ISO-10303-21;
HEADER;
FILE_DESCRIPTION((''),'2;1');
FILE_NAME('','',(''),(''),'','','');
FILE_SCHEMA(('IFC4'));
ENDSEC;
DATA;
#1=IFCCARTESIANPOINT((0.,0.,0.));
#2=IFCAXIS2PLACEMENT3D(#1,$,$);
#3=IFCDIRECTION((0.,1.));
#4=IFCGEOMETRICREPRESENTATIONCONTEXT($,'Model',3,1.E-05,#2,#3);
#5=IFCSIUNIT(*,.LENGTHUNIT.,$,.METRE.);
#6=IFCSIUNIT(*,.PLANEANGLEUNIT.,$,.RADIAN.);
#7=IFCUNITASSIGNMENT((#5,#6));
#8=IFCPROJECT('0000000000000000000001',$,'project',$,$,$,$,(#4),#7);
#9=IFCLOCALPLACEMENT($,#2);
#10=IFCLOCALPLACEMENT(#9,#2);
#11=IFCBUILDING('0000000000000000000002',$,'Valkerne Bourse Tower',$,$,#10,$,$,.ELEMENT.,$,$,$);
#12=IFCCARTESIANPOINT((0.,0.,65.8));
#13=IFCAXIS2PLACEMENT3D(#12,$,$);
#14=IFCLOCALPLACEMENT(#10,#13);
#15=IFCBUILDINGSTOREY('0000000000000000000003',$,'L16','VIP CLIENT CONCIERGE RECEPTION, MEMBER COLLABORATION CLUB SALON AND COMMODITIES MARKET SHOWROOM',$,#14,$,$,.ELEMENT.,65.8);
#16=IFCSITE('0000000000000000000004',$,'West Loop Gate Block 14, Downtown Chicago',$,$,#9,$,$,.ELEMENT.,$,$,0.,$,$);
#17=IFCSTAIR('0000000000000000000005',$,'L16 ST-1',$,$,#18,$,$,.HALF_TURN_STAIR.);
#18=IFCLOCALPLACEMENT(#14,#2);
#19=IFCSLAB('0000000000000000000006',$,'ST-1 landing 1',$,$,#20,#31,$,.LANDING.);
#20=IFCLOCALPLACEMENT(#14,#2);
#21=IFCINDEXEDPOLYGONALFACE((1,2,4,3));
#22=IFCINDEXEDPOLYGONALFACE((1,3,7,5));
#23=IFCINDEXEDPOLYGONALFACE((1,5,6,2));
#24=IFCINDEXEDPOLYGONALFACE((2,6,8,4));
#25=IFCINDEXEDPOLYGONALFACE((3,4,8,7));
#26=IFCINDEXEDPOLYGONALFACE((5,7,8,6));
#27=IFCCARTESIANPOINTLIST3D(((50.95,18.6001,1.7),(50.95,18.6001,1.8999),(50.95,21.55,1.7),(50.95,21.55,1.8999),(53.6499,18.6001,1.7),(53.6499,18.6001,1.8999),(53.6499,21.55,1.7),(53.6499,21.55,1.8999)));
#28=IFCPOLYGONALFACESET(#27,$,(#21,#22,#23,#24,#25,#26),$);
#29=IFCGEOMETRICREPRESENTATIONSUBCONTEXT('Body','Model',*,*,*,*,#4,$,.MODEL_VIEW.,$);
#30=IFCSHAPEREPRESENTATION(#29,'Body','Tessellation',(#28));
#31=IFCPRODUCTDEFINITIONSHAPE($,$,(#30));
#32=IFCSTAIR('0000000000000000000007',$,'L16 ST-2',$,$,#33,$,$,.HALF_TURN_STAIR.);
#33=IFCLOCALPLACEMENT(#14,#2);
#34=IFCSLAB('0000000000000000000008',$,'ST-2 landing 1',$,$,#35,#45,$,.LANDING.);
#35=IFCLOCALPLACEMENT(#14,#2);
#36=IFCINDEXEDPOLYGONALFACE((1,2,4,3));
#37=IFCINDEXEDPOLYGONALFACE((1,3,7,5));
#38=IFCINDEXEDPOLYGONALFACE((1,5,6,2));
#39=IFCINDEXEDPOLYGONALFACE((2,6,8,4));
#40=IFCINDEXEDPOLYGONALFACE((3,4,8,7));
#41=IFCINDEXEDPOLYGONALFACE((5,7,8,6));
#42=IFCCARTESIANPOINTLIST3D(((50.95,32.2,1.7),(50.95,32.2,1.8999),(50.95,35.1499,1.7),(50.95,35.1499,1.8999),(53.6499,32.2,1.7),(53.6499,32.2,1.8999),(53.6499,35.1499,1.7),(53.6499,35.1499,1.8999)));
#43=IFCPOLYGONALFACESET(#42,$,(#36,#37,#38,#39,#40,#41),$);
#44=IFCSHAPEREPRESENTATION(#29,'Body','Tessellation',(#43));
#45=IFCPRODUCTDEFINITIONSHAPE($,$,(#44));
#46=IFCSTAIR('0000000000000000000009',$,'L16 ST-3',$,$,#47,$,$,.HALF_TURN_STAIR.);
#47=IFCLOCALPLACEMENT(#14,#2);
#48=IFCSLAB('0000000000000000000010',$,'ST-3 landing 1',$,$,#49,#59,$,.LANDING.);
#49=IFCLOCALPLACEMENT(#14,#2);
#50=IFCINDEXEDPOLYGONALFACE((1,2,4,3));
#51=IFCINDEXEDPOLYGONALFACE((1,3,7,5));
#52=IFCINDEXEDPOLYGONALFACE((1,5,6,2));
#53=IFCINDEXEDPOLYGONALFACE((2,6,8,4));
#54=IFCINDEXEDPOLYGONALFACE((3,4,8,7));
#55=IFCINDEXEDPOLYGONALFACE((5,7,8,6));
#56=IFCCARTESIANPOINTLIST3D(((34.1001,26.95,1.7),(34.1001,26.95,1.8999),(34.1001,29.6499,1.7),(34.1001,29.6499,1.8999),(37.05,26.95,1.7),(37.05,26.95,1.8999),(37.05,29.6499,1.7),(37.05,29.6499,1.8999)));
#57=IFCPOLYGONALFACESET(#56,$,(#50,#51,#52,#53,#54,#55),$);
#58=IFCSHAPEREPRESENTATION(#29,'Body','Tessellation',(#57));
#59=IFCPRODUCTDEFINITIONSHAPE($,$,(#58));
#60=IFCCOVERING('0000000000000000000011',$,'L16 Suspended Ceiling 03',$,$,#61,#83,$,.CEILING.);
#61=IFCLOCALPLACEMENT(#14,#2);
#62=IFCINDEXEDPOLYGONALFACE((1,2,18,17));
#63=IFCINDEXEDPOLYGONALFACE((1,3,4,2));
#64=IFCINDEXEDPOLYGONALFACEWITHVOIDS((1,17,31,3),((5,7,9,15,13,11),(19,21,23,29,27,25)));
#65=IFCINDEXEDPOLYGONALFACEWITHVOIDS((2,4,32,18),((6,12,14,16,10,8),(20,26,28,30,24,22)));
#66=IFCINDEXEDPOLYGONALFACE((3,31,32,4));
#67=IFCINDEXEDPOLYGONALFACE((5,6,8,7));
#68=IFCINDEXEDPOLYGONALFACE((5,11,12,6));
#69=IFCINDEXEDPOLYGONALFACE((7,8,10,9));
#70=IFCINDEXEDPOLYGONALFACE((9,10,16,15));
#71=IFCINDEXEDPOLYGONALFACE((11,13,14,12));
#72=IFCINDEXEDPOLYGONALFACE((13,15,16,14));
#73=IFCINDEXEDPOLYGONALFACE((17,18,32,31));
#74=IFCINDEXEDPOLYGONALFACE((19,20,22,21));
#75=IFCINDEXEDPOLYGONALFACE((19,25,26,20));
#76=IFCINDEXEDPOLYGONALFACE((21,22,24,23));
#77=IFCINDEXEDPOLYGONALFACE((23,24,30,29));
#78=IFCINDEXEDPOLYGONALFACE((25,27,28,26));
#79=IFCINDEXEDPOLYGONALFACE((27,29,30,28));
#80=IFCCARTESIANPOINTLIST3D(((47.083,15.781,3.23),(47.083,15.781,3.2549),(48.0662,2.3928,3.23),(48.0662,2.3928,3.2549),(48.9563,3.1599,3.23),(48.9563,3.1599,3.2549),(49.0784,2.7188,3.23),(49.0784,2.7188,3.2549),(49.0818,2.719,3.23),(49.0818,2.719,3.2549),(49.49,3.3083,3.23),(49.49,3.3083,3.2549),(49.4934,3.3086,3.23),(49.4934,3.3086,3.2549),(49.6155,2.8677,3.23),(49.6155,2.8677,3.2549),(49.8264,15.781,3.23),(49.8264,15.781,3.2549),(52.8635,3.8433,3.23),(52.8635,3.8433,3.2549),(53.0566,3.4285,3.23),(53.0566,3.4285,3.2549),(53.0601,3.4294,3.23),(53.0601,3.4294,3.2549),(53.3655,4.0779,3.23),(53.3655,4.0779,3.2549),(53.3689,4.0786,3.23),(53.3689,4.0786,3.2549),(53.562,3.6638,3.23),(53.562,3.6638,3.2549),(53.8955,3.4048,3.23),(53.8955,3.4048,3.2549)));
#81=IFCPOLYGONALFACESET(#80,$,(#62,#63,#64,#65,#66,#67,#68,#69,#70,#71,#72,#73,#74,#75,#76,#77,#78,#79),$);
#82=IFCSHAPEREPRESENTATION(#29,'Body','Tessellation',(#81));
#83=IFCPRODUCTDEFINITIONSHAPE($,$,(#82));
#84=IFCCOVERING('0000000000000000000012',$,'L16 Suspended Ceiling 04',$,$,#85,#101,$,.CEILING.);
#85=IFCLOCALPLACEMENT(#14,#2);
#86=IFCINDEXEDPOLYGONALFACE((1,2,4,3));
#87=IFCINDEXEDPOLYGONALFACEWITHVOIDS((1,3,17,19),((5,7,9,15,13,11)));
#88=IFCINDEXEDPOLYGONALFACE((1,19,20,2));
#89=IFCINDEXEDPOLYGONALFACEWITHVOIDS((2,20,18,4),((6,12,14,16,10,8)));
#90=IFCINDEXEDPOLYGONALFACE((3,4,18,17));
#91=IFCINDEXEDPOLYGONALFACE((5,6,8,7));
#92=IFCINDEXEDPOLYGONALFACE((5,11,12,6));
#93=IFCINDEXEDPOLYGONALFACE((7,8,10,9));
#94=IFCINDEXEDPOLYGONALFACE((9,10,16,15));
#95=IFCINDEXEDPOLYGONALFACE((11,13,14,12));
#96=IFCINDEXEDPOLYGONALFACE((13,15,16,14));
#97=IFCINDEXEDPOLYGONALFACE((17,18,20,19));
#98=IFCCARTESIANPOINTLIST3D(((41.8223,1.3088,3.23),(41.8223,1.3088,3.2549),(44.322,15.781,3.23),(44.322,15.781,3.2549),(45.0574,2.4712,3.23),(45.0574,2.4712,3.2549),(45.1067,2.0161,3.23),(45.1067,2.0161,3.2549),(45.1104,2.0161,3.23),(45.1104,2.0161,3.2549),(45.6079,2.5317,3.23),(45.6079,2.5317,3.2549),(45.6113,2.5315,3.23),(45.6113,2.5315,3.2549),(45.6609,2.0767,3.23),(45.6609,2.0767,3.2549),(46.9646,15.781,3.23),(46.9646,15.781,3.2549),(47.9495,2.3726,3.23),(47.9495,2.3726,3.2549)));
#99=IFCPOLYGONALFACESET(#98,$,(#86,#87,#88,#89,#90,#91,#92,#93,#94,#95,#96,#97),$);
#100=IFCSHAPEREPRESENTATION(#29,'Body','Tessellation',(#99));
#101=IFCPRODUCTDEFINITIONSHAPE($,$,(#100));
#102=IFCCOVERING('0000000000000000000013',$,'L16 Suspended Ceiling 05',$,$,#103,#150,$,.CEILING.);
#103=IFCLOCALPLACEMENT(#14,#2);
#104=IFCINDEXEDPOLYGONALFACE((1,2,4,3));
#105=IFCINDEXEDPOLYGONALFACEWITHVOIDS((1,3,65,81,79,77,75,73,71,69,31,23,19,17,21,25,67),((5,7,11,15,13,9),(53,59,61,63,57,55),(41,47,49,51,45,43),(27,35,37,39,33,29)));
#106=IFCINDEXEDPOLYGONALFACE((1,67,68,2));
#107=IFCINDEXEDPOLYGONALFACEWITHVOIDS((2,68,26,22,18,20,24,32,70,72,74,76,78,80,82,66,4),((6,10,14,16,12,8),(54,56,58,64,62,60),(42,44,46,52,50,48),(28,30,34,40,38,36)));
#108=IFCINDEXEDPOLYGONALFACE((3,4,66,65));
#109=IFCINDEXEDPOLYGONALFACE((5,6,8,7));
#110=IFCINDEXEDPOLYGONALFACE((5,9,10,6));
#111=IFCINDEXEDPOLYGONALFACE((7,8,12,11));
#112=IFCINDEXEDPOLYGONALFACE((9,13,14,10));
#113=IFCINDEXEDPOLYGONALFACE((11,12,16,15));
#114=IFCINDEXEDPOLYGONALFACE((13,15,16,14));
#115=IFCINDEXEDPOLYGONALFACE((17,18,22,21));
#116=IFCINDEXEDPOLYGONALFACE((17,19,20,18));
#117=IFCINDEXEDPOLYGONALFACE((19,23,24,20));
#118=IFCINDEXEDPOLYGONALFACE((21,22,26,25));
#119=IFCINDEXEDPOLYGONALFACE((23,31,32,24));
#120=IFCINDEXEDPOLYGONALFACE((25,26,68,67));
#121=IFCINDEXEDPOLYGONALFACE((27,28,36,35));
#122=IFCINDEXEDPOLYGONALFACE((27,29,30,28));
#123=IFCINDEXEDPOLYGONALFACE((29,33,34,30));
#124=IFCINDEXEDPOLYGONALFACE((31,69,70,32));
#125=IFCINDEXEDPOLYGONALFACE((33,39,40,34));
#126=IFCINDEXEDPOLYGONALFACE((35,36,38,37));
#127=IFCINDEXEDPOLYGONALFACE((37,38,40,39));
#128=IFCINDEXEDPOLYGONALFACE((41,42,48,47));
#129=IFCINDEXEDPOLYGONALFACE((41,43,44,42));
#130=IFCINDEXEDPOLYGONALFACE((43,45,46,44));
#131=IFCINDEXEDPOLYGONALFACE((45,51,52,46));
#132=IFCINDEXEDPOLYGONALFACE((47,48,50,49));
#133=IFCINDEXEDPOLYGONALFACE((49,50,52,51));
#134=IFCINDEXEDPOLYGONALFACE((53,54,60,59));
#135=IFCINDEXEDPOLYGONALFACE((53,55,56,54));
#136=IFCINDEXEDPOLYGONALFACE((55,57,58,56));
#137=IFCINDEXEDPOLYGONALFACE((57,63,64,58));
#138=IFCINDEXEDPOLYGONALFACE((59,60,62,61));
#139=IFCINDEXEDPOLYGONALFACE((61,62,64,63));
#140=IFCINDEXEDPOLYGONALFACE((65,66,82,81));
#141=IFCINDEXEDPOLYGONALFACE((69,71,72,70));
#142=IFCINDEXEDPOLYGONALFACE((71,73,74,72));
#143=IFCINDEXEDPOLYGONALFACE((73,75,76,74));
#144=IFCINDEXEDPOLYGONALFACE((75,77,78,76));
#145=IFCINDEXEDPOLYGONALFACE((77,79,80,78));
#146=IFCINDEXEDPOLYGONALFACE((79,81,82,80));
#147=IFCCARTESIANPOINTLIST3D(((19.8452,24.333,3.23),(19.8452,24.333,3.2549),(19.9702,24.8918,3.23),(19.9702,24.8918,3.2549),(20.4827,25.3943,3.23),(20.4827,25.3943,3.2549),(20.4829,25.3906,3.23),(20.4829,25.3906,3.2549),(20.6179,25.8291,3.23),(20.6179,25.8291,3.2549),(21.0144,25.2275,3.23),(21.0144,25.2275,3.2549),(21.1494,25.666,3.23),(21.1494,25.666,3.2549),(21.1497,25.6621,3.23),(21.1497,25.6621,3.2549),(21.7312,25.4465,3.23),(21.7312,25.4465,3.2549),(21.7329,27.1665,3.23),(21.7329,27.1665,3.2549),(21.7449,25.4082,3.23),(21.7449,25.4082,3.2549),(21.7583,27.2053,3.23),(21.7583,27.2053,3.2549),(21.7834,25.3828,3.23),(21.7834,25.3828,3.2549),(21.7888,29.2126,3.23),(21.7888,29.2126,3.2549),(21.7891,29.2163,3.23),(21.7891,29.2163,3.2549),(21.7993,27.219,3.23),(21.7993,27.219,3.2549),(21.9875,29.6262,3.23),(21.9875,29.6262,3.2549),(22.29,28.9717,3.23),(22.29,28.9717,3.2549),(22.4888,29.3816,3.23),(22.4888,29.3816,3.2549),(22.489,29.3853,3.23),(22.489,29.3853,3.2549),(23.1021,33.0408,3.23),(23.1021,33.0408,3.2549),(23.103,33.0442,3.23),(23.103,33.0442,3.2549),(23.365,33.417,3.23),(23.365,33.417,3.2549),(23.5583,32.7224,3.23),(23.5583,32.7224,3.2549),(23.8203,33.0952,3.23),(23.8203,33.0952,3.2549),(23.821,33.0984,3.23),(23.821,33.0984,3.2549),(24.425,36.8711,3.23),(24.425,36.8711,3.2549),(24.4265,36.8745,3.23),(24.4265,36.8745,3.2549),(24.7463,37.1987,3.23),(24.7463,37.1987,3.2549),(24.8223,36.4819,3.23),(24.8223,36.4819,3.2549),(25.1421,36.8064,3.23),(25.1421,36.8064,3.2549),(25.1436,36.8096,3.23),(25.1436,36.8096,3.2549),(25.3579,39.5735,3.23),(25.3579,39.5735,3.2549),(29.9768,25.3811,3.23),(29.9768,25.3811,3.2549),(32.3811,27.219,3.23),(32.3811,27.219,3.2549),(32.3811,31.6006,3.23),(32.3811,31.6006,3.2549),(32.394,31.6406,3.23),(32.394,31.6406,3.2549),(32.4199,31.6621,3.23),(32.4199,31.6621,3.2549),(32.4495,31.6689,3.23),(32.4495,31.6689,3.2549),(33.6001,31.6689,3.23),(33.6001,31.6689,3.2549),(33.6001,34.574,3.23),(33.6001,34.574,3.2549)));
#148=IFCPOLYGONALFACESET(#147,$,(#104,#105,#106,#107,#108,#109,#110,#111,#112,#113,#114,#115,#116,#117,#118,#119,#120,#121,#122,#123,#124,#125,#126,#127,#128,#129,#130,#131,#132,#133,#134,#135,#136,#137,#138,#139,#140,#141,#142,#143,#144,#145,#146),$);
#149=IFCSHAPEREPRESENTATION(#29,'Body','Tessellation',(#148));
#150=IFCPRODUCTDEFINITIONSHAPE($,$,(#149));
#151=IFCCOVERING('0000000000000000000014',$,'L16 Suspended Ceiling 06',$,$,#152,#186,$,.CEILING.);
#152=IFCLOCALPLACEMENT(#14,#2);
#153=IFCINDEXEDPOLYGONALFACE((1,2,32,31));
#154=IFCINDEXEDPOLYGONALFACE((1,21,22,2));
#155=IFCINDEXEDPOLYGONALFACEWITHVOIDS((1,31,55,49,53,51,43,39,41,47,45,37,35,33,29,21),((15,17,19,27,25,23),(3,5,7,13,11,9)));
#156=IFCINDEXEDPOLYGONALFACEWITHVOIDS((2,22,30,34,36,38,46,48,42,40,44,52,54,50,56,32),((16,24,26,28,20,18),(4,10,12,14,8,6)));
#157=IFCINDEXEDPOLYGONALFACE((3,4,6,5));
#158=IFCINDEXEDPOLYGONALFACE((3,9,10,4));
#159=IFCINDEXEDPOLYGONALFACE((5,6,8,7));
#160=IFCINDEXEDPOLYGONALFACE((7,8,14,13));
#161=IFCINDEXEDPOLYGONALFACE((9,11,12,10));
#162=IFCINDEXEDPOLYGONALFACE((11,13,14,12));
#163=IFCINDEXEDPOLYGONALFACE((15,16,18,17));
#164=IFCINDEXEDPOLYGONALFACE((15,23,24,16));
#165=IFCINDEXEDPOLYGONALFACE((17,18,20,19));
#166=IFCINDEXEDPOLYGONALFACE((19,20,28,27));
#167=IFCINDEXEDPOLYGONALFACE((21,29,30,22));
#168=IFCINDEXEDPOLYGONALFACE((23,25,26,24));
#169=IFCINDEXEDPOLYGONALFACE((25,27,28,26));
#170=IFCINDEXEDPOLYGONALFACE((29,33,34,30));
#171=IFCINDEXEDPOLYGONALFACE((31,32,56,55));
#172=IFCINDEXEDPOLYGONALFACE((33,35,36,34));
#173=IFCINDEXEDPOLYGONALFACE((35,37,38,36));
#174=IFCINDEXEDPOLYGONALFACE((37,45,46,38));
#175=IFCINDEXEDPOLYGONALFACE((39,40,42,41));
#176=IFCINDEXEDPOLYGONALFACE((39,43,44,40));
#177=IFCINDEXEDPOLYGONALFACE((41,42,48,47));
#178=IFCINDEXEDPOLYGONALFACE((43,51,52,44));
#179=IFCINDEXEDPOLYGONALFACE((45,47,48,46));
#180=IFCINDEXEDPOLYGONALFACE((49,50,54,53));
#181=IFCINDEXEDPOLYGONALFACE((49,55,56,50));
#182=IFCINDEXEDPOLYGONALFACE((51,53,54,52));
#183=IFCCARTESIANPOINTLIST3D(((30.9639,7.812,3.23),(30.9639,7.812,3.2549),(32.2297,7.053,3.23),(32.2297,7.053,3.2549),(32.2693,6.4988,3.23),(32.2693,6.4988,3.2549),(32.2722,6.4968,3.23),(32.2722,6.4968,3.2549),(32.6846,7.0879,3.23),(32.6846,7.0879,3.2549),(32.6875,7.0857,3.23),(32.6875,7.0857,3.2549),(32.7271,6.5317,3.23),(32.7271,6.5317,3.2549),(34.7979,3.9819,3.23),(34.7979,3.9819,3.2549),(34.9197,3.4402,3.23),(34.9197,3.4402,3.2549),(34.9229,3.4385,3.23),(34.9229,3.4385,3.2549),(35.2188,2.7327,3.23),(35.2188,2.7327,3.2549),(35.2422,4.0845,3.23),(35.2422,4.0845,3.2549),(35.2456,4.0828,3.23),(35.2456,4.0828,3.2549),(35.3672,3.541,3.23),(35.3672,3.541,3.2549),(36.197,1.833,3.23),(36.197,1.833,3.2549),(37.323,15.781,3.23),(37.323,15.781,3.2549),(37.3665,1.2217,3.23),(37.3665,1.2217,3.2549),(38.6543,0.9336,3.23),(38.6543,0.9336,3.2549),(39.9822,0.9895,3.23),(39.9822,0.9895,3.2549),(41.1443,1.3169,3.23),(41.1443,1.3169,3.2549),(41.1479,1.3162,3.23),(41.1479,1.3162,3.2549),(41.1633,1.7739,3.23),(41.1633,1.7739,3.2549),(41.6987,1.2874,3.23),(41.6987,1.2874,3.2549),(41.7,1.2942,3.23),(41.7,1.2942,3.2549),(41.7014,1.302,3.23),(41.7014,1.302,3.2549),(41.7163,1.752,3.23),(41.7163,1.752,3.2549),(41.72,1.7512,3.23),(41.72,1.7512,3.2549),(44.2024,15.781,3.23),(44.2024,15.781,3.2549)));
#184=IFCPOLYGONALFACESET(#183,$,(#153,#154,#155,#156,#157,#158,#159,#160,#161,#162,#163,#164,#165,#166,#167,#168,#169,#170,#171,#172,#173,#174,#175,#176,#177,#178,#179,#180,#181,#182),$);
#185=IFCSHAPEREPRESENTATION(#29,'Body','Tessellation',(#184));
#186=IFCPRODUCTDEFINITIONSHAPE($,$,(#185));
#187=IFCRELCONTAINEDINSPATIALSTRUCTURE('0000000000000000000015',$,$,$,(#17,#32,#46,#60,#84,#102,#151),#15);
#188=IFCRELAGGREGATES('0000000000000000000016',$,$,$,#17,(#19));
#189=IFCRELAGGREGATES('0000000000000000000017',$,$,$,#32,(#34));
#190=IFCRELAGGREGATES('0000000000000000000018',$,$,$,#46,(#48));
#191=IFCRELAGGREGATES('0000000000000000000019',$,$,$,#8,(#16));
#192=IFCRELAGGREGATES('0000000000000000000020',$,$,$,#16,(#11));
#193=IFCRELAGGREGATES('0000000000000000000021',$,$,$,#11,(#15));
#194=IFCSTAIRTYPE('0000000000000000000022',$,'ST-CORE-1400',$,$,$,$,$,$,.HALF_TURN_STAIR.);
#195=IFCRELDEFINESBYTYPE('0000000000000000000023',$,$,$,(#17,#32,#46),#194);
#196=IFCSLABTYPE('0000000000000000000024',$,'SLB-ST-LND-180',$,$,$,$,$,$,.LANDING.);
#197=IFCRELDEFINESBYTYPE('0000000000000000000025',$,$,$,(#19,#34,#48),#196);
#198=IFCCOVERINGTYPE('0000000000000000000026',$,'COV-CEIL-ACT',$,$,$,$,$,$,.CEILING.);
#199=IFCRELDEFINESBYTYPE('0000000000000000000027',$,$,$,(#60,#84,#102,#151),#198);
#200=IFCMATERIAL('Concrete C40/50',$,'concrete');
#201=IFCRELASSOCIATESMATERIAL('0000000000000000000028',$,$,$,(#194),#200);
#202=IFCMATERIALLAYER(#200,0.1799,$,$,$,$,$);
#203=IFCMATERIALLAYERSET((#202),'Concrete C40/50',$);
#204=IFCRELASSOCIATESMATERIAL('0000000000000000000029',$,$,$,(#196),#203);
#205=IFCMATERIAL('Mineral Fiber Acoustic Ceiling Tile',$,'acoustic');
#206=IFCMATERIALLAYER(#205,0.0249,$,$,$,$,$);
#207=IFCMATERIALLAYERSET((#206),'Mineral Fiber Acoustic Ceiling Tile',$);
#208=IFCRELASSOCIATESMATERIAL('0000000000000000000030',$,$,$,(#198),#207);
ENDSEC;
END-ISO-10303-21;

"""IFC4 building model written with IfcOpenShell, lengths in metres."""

from ifc_helpers import new_model, si_unit, direction, frame, origin, place, context, subcontext, project, spatial, polyline, outline, extrude, material, layer, layer_set, type_object, element, aggregate, save


model = new_model("IFC4")

# Units and contexts
model_context = context("Model", 3, precision=1e-05, world=origin(), true_north=direction((0.0, 1.0)))
body_context = subcontext(model_context, "Body", "Model", "MODEL_VIEW")
ifc_project = project(units=[si_unit("LENGTHUNIT", "METRE"), si_unit("PLANEANGLEUNIT", "RADIAN")], contexts=[model_context])

# Site, building, storey
site_placement = place(None, origin())
site = spatial("IfcSite", under=ifc_project, at=site_placement, Name="West Loop Gate Block 14, Downtown Chicago", CompositionType="ELEMENT", RefElevation=0.0)
building_placement = place(site_placement, origin())
building = spatial("IfcBuilding", under=site, at=building_placement, Name="Valkerne Bourse Tower", CompositionType="ELEMENT")
storey_placement = place(building_placement, frame((0.0, 0.0, 65.8)))
storey = spatial("IfcBuildingStorey", under=building, at=storey_placement, Name="L16", Description="VIP CLIENT CONCIERGE RECEPTION, MEMBER COLLABORATION CLUB SALON AND COMMODITIES MARKET SHOWROOM", CompositionType="ELEMENT", Elevation=65.8)

# Stairs, slabs
ifc_material_1 = material(Name="Concrete C40/50", Category="concrete")
stair_type = type_object("IfcStairType", Name="ST-CORE-1400", PredefinedType="HALF_TURN_STAIR", material=ifc_material_1)
stair_1_placement = place(storey_placement, origin())
stair_1 = element("IfcStair", 1, at=stair_1_placement, inside=storey, type_object=stair_type, Name="L16 ST-1", PredefinedType="HALF_TURN_STAIR")
ifc_layer_1 = layer(ifc_material_1, 0.1799)
ifc_layer_set_1 = layer_set([ifc_layer_1], Name="Concrete C40/50")
slab_type = type_object("IfcSlabType", Name="SLB-ST-LND-180", PredefinedType="LANDING", material=ifc_layer_set_1)
slab_1_placement = place(storey_placement, frame((0.0, 0.0, 1.7)))
slab_1 = element("IfcSlab", 2, at=slab_1_placement, type_object=slab_type, Name="ST-1 landing 1", PredefinedType="LANDING", context=body_context, shape_type="SweptSolid", body=[
    extrude(outline(polyline([(50.95, 18.6001), (53.6499, 18.6001), (53.6499, 21.55), (50.95, 21.55), (50.95, 18.6001)])), origin(), (0.0, 0.0, 1.0), 0.2),
])
aggregate(stair_1, [slab_1])
stair_2_placement = place(storey_placement, origin())
stair_2 = element("IfcStair", 3, at=stair_2_placement, inside=storey, type_object=stair_type, Name="L16 ST-2", PredefinedType="HALF_TURN_STAIR")
slab_2_placement = place(storey_placement, frame((0.0, 0.0, 1.7)))
slab_2 = element("IfcSlab", 4, at=slab_2_placement, type_object=slab_type, Name="ST-2 landing 1", PredefinedType="LANDING", context=body_context, shape_type="SweptSolid", body=[
    extrude(outline(polyline([(50.95, 32.2), (53.6499, 32.2), (53.6499, 35.1499), (50.95, 35.1499), (50.95, 32.2)])), origin(), (0.0, 0.0, 1.0), 0.2),
])
aggregate(stair_2, [slab_2])
stair_3_placement = place(storey_placement, origin())
stair_3 = element("IfcStair", 5, at=stair_3_placement, inside=storey, type_object=stair_type, Name="L16 ST-3", PredefinedType="HALF_TURN_STAIR")
slab_3_placement = place(storey_placement, frame((0.0, 0.0, 1.7)))
slab_3 = element("IfcSlab", 6, at=slab_3_placement, type_object=slab_type, Name="ST-3 landing 1", PredefinedType="LANDING", context=body_context, shape_type="SweptSolid", body=[
    extrude(outline(polyline([(37.05, 26.95), (37.05, 29.6499), (34.1001, 29.6499), (34.1001, 26.95), (37.05, 26.95)])), origin(), (0.0, 0.0, 1.0), 0.2),
])
aggregate(stair_3, [slab_3])

# Coverings
ifc_material_2 = material(Name="Mineral Fiber Acoustic Ceiling Tile", Category="acoustic")
ifc_layer_2 = layer(ifc_material_2, 0.0249)
ifc_layer_set_2 = layer_set([ifc_layer_2], Name="Mineral Fiber Acoustic Ceiling Tile")
covering_type_1 = type_object("IfcCoveringType", Name="COV-CEIL-ACT", PredefinedType="CEILING", material=ifc_layer_set_2)
covering_1_placement = place(storey_placement, frame((0.0, 0.0, 3.23)))
element("IfcCovering", 7, at=covering_1_placement, inside=storey, type_object=covering_type_1, Name="L16 Suspended Ceiling 03", PredefinedType="CEILING", context=body_context, shape_type="SweptSolid", body=[
    extrude(outline(polyline([(49.8264, 15.781), (53.8955, 3.4048), (48.0662, 2.3928), (47.083, 15.781), (49.8264, 15.781)]), holes=[polyline([(49.0818, 2.719), (49.6155, 2.8677), (49.4934, 3.3086), (49.49, 3.3083), (48.9563, 3.1599), (49.0784, 2.7188), (49.0818, 2.719)]), polyline([(53.0601, 3.4294), (53.562, 3.6638), (53.3689, 4.0786), (53.3655, 4.0779), (52.8635, 3.8433), (53.0566, 3.4285), (53.0601, 3.4294)])]), origin(), (0.0, 0.0, 1.0), 0.0249),
])
covering_2_placement = place(storey_placement, frame((0.0, 0.0, 3.23)))
element("IfcCovering", 8, at=covering_2_placement, inside=storey, type_object=covering_type_1, Name="L16 Suspended Ceiling 04", PredefinedType="CEILING", context=body_context, shape_type="SweptSolid", body=[
    extrude(outline(polyline([(46.9646, 15.781), (47.9495, 2.3726), (41.8223, 1.3088), (44.322, 15.781), (46.9646, 15.781)]), holes=[polyline([(45.6113, 2.5315), (45.6079, 2.5317), (45.0574, 2.4712), (45.1067, 2.0161), (45.1104, 2.0161), (45.6609, 2.0767), (45.6113, 2.5315)])]), origin(), (0.0, 0.0, 1.0), 0.0249),
])
covering_3_placement = place(storey_placement, frame((0.0, 0.0, 3.23)))
element("IfcCovering", 9, at=covering_3_placement, inside=storey, type_object=covering_type_1, Name="L16 Suspended Ceiling 05", PredefinedType="CEILING", context=body_context, shape_type="SweptSolid", body=[
    extrude(outline(polyline([(33.6001, 34.574), (33.6001, 31.6689), (32.4495, 31.6689), (32.4199, 31.6621), (32.394, 31.6406), (32.3811, 31.6006), (32.3811, 27.219), (21.7993, 27.219), (21.7583, 27.2053), (21.7329, 27.1665), (21.7312, 25.4465), (21.7449, 25.4082), (21.7834, 25.3828), (29.9768, 25.3811), (19.8452, 24.333), (19.9702, 24.8918), (25.3579, 39.5735), (33.6001, 34.574)]), holes=[polyline([(21.1494, 25.666), (20.6179, 25.8291), (20.4827, 25.3943), (20.4829, 25.3906), (21.0144, 25.2275), (21.1497, 25.6621), (21.1494, 25.666)]), polyline([(22.4888, 29.3816), (22.489, 29.3853), (21.9875, 29.6262), (21.7891, 29.2163), (21.7888, 29.2126), (22.29, 28.9717), (22.4888, 29.3816)]), polyline([(23.821, 33.0984), (23.365, 33.417), (23.103, 33.0442), (23.1021, 33.0408), (23.5583, 32.7224), (23.8203, 33.0952), (23.821, 33.0984)]), polyline([(25.1421, 36.8064), (25.1436, 36.8096), (24.7463, 37.1987), (24.4265, 36.8745), (24.425, 36.8711), (24.8223, 36.4819), (25.1421, 36.8064)])]), origin(), (0.0, 0.0, 1.0), 0.0249),
])
covering_4_placement = place(storey_placement, frame((0.0, 0.0, 3.23)))
element("IfcCovering", 10, at=covering_4_placement, inside=storey, type_object=covering_type_1, Name="L16 Suspended Ceiling 06", PredefinedType="CEILING", context=body_context, shape_type="SweptSolid", body=[
    extrude(outline(polyline([(37.3665, 1.2217), (36.197, 1.833), (35.2188, 2.7327), (30.9639, 7.812), (37.323, 15.781), (44.2024, 15.781), (41.7014, 1.302), (41.72, 1.7512), (41.7163, 1.752), (41.1633, 1.7739), (41.1443, 1.3169), (41.1479, 1.3162), (41.7, 1.2942), (41.6987, 1.2874), (39.9822, 0.9895), (38.6543, 0.9336), (37.3665, 1.2217)]), holes=[polyline([(35.2456, 4.0828), (35.2422, 4.0845), (34.7979, 3.9819), (34.9197, 3.4402), (34.9229, 3.4385), (35.3672, 3.541), (35.2456, 4.0828)]), polyline([(32.6875, 7.0857), (32.6846, 7.0879), (32.2297, 7.053), (32.2693, 6.4988), (32.2722, 6.4968), (32.7271, 6.5317), (32.6875, 7.0857)])]), origin(), (0.0, 0.0, 1.0), 0.0249),
])

save(model, "model.ifc")
